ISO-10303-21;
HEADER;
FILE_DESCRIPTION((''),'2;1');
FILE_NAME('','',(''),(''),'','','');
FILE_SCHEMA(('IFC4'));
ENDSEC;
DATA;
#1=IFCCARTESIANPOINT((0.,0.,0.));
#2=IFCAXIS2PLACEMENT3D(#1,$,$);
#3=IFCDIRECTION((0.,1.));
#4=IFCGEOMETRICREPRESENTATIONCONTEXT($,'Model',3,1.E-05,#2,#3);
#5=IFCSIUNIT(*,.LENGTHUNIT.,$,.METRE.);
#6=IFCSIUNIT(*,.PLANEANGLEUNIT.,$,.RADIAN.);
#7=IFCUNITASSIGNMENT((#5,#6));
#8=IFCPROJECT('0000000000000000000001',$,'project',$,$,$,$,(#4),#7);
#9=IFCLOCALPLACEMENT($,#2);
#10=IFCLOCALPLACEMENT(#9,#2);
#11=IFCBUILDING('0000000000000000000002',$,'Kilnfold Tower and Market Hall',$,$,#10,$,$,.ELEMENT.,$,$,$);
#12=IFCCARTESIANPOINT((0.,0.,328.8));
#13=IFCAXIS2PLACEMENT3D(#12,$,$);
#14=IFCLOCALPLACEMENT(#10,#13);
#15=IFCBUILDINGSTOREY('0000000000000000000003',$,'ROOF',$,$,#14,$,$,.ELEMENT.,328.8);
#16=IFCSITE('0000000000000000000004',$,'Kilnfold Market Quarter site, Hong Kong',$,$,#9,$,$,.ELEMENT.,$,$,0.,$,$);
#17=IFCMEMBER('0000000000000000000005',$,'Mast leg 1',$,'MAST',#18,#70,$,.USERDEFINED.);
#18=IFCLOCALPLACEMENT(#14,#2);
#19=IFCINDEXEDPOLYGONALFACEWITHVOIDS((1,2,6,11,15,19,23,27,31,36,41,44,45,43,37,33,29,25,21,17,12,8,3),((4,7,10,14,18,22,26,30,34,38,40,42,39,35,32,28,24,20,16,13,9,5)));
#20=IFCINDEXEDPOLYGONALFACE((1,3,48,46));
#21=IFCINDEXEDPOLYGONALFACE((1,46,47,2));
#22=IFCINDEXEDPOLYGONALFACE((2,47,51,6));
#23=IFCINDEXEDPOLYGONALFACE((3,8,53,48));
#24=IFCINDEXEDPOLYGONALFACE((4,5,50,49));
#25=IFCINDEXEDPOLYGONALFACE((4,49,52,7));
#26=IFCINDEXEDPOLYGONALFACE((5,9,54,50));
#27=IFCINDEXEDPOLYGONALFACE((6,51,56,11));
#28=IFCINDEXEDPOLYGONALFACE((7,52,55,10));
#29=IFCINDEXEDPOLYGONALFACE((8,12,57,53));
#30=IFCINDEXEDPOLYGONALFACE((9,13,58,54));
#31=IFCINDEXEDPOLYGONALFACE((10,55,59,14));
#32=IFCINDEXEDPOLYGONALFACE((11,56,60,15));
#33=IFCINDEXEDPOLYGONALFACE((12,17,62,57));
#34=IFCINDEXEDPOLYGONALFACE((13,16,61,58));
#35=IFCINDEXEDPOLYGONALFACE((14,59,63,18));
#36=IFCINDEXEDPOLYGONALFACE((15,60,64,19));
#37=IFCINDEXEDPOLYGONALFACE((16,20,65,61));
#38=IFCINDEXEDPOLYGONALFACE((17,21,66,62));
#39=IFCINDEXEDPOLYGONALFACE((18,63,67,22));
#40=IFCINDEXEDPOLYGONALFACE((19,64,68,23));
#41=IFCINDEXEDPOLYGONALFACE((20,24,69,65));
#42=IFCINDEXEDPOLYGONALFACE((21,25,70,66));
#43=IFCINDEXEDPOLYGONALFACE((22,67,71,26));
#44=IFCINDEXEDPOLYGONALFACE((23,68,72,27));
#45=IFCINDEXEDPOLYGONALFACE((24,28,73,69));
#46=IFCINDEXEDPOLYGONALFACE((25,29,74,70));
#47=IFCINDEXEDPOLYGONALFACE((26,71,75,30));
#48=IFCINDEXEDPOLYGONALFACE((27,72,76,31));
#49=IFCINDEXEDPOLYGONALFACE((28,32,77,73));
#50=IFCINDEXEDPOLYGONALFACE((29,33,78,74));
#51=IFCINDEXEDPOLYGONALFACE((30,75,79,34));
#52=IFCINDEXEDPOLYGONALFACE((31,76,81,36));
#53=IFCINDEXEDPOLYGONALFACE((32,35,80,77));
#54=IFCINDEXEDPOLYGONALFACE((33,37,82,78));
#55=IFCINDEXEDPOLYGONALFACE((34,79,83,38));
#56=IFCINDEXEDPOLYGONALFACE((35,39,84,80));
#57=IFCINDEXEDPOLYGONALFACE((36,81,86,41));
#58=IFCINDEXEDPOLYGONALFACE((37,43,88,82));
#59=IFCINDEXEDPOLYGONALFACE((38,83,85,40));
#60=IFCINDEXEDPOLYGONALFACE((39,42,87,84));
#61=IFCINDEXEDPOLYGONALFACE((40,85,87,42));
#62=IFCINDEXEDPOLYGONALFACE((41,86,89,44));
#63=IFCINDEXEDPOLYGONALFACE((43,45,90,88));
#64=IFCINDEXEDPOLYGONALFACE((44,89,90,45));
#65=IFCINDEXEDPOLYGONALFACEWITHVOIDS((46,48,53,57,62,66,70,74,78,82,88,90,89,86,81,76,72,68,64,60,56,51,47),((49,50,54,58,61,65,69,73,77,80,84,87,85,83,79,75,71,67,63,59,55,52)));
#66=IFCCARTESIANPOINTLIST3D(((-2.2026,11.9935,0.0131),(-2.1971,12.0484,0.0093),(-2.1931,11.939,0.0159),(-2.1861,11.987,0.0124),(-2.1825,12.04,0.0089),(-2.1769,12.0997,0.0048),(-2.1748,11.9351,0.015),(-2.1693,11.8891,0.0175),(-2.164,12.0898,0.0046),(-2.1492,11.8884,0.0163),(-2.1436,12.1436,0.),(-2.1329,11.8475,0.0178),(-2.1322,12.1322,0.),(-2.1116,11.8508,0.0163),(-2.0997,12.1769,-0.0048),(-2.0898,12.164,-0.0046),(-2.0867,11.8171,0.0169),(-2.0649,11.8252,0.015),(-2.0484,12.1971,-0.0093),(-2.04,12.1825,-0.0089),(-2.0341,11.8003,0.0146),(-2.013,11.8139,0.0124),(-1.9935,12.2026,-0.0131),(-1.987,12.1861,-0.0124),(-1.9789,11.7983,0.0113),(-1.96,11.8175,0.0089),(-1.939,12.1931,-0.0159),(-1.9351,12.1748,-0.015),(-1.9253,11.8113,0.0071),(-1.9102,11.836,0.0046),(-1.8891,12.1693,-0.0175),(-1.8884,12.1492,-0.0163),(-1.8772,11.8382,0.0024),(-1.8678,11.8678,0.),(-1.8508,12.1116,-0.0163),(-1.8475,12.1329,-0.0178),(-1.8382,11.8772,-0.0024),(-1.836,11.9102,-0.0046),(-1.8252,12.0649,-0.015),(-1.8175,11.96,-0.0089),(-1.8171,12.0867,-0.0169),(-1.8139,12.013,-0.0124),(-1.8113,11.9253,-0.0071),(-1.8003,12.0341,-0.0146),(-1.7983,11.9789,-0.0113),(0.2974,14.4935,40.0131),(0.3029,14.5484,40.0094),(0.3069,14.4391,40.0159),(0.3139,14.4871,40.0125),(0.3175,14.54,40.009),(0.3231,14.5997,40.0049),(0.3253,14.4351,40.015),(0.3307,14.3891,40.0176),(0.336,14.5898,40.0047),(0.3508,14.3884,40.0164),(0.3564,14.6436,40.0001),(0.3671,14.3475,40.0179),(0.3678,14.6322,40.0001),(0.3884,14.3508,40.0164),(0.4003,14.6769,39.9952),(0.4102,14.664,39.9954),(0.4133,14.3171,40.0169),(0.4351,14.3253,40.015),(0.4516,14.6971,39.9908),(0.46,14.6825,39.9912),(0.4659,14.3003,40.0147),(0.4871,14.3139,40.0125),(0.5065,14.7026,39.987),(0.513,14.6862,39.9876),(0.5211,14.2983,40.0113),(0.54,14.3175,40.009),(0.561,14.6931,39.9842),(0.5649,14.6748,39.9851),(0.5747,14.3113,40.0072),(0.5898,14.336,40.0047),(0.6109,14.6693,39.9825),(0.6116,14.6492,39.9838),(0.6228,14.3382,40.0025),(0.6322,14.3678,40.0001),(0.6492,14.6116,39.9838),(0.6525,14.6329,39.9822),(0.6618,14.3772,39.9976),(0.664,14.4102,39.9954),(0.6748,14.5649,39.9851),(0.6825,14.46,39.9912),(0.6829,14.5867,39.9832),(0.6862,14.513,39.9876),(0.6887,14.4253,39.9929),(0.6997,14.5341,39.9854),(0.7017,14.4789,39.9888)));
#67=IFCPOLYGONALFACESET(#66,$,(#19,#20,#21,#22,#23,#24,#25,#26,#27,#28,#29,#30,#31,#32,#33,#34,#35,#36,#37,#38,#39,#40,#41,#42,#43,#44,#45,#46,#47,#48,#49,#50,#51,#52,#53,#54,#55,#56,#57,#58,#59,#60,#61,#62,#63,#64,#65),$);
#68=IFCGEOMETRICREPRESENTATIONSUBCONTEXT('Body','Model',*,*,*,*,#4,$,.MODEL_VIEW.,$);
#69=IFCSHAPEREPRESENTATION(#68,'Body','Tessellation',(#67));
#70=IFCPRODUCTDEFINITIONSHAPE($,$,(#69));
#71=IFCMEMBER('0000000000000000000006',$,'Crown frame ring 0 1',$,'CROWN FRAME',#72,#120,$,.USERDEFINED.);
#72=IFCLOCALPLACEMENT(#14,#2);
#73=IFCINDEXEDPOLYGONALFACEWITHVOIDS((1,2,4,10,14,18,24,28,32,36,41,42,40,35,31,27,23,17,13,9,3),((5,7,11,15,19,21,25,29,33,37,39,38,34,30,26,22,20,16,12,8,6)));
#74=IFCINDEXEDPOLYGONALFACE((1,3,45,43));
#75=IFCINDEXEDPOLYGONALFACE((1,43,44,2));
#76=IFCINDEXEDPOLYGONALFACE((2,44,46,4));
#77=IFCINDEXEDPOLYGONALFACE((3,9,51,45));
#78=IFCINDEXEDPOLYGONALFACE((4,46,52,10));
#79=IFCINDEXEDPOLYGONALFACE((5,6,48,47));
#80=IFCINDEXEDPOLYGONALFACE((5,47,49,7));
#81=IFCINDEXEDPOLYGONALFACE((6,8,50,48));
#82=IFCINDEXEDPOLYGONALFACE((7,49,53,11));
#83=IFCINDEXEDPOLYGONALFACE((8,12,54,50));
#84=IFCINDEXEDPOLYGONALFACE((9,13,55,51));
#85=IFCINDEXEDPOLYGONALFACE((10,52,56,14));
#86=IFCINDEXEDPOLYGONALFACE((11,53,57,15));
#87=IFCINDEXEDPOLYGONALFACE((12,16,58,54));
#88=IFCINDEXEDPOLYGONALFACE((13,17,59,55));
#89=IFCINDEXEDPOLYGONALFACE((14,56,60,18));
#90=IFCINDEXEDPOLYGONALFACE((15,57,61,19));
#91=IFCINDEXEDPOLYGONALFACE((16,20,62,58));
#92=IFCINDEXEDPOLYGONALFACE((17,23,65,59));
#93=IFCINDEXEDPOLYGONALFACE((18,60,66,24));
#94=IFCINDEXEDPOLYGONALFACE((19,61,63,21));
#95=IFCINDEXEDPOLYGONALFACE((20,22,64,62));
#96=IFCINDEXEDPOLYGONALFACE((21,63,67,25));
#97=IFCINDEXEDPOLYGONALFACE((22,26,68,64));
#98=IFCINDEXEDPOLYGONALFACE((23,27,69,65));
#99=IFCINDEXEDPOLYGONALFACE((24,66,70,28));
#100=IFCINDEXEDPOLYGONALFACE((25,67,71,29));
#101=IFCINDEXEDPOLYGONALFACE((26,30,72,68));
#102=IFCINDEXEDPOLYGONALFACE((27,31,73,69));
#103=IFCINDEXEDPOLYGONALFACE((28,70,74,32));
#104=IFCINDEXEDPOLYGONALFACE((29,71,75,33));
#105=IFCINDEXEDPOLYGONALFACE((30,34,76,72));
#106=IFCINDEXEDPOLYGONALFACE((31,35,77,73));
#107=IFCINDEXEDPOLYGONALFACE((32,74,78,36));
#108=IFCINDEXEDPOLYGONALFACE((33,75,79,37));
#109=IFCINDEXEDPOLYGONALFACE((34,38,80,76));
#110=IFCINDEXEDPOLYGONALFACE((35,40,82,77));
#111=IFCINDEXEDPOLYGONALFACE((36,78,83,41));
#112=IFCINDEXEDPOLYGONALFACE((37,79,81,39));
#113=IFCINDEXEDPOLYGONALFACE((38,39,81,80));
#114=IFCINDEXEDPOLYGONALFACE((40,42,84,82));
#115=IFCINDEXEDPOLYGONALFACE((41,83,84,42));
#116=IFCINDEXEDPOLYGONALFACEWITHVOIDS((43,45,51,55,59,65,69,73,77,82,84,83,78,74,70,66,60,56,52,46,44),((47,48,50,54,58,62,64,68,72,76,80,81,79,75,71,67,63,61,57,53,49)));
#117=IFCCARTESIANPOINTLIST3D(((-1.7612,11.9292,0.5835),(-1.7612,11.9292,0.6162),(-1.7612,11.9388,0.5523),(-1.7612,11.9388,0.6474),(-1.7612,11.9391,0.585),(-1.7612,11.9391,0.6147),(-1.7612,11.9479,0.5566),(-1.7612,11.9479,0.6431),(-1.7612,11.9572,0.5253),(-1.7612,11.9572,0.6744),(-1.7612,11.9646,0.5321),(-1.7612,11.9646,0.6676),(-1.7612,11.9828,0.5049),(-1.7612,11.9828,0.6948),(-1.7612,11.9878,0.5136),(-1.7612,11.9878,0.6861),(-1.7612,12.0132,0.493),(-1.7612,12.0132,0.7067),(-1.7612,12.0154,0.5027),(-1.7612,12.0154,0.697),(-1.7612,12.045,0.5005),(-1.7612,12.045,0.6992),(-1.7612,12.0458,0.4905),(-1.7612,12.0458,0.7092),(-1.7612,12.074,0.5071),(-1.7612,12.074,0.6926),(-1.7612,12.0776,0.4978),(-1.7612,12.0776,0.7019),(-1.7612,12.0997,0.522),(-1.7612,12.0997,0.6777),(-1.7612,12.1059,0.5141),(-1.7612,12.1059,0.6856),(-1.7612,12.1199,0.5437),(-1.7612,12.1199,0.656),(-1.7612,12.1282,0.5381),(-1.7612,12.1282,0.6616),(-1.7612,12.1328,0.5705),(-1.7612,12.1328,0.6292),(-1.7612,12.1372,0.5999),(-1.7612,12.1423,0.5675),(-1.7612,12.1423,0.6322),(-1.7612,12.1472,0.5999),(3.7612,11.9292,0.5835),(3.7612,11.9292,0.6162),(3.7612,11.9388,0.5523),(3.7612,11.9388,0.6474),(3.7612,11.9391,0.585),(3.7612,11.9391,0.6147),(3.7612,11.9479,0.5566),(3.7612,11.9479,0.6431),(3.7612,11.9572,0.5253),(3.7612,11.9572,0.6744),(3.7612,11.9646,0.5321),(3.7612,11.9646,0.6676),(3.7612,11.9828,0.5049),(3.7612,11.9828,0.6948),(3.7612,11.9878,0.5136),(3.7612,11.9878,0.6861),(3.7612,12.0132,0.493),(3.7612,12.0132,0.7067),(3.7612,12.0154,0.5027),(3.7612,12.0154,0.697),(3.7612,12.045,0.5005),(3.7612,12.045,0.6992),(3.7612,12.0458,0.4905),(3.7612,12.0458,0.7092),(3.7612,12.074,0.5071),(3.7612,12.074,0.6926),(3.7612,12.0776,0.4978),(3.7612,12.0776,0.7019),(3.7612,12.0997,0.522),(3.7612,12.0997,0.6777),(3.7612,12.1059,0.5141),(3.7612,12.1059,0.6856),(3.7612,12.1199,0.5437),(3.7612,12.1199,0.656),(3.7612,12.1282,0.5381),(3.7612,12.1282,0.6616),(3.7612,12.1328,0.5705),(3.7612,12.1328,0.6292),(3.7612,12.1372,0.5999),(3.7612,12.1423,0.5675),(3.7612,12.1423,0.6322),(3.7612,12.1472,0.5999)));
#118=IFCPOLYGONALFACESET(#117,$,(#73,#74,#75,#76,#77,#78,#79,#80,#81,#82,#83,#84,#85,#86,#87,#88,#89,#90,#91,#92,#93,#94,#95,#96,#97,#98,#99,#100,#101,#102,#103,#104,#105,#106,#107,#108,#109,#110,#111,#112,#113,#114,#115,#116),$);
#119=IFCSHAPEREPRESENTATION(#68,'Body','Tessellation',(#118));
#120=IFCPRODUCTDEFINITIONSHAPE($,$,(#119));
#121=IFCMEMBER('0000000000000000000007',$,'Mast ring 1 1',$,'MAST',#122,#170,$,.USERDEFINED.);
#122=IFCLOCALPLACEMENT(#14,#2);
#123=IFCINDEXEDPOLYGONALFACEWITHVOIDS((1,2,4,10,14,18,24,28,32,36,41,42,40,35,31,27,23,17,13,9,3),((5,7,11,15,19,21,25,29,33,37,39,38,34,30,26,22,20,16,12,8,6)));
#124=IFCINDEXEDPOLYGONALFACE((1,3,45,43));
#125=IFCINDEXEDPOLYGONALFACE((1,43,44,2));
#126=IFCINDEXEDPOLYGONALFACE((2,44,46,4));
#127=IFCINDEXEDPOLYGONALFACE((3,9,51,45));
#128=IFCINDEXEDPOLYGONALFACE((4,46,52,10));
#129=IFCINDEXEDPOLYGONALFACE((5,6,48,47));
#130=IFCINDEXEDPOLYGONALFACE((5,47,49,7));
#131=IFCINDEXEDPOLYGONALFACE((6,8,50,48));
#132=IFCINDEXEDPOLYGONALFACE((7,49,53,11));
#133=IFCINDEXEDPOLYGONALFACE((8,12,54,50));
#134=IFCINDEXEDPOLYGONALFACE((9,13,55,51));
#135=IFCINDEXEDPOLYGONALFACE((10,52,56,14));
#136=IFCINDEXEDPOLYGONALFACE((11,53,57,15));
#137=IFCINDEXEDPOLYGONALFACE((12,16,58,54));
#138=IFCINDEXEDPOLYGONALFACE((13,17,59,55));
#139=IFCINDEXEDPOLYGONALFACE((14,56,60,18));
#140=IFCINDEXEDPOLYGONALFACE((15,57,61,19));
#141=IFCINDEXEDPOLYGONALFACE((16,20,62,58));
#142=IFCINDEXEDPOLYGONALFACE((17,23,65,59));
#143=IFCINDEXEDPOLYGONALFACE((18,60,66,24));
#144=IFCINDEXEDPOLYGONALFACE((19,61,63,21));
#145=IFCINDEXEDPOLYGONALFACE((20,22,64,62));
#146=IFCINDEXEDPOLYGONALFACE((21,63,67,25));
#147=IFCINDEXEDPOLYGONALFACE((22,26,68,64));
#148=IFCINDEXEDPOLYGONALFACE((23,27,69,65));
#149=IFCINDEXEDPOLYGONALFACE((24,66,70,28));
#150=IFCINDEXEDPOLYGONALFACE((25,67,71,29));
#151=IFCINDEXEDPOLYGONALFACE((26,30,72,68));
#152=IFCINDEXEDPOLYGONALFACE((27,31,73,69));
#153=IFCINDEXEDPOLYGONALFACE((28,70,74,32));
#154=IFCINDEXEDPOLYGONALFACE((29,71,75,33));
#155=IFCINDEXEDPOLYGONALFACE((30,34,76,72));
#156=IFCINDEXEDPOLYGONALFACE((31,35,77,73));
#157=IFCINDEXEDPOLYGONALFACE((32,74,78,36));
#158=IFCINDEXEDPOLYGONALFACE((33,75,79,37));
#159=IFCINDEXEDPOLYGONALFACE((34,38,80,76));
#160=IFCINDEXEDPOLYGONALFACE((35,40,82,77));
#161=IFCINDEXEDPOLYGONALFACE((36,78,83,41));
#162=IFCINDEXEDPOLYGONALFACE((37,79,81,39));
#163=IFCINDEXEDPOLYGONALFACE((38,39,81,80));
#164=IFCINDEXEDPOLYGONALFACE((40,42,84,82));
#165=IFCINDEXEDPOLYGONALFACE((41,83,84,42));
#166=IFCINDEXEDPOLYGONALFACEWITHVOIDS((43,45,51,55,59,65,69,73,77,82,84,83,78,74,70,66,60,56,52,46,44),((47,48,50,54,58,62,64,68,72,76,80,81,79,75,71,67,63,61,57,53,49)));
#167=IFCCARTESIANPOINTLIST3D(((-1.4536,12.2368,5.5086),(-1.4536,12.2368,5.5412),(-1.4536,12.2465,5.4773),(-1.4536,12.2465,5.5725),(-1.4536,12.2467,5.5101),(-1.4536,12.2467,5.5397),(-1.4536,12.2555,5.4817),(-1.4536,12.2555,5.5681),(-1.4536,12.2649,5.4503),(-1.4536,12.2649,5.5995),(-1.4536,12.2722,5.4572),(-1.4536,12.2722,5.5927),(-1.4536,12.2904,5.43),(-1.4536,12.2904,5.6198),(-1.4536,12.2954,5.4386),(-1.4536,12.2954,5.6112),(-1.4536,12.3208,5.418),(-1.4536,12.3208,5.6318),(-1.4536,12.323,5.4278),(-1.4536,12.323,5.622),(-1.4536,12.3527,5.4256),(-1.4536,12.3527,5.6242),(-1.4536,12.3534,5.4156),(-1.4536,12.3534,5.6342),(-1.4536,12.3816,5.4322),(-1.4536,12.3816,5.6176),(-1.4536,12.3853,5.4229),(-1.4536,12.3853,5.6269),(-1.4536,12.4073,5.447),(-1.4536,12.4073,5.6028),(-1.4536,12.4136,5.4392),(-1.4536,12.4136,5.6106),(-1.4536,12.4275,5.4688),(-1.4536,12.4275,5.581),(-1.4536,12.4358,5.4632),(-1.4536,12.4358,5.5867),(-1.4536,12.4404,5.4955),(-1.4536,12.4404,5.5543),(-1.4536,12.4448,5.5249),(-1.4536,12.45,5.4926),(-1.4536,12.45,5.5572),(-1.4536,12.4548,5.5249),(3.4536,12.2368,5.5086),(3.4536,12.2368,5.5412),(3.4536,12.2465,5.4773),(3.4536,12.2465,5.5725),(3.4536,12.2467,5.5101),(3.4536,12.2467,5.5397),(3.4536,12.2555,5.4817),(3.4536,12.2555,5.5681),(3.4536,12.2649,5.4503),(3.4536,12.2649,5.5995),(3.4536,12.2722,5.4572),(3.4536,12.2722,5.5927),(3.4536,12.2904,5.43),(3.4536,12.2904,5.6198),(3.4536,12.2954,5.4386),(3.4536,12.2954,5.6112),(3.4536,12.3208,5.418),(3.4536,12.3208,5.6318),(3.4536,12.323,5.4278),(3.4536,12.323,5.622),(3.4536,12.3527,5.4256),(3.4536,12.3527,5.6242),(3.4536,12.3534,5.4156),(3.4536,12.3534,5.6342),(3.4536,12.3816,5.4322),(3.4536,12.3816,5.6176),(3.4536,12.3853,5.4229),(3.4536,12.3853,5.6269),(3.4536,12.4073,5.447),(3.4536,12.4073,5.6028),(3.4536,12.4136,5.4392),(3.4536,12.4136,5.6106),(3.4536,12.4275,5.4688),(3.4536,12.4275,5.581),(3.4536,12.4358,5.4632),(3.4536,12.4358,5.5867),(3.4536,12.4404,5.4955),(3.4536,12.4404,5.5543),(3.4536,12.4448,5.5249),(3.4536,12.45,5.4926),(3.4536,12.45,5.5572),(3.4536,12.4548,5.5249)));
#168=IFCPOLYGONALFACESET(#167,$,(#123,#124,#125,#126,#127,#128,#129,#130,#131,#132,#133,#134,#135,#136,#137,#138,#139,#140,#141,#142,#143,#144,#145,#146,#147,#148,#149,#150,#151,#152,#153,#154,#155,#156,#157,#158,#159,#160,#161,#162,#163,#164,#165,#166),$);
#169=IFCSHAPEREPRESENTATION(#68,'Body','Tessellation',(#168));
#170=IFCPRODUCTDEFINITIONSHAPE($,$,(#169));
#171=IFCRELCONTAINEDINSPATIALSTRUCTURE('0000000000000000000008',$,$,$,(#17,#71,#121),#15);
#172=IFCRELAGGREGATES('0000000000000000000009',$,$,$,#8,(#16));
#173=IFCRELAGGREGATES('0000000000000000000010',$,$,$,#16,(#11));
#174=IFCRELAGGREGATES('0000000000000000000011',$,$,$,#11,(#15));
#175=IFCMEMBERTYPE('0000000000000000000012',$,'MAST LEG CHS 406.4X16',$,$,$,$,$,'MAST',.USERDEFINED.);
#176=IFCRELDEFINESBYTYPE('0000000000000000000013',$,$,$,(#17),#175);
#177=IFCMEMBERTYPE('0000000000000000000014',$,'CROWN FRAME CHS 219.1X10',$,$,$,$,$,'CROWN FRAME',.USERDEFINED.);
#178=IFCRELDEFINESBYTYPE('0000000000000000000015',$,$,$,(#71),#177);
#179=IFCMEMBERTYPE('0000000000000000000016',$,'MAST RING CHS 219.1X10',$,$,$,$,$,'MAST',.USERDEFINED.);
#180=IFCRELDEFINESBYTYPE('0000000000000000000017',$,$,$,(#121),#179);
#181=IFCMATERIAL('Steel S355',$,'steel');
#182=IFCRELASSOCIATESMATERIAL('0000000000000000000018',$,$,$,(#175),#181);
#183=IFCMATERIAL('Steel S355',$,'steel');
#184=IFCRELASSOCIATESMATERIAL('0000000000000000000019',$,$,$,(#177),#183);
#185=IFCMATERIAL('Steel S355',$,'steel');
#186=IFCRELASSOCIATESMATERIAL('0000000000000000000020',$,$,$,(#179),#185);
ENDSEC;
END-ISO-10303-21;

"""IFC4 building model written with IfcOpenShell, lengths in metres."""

from ifc_helpers import new_model, si_unit, direction, frame, origin, origin_2d, place, context, subcontext, project, spatial, hollow_circle, extrude, source, transform, mapped, material, material_profile, profile_set, type_object, element, save


model = new_model("IFC4")

# Units and contexts
model_context = context("Model", 3, precision=1e-05, world=origin(), true_north=direction((0.0, 1.0)))
body_context = subcontext(model_context, "Body", "Model", "MODEL_VIEW")
ifc_project = project(units=[si_unit("LENGTHUNIT", "METRE"), si_unit("PLANEANGLEUNIT", "RADIAN")], contexts=[model_context])

# Site, building, storey
site_placement = place(None, origin())
site = spatial("IfcSite", under=ifc_project, at=site_placement, Name="Kilnfold Market Quarter site, Hong Kong", CompositionType="ELEMENT", RefElevation=0.0)
building_placement = place(site_placement, origin())
building = spatial("IfcBuilding", under=site, at=building_placement, Name="Kilnfold Tower and Market Hall", CompositionType="ELEMENT")
storey_placement = place(building_placement, frame((0.0, 0.0, 328.8)))
storey = spatial("IfcBuildingStorey", under=building, at=storey_placement, Name="ROOF", CompositionType="ELEMENT", Elevation=328.8)

# Members
ifc_material_1 = material(Name="Steel S355", Category="steel")
ifc_material_profile_1 = material_profile(ifc_material_1, hollow_circle(Radius=0.2031, WallThickness=0.0161, at=origin_2d()), Name="CHS 406.4x16")
ifc_profile_set_1 = profile_set([ifc_material_profile_1], Name="Steel S355")
member_type_1 = type_object("IfcMemberType", Name="MAST LEG CHS 406.4X16", ElementType="MAST", PredefinedType="USERDEFINED", material=ifc_profile_set_1)
shared_shape_1 = source(origin(), body_context, "Body", "SweptSolid", [
    extrude(hollow_circle(Radius=0.2031, WallThickness=0.0161, at=origin_2d()), origin(), (0.0, 0.0, 1.0), 40.156),
])
member_1_placement = place(storey_placement, frame((-2.0, 12.0, 0.0), z_axis=(0.062257, 0.062257, 0.996116), x_axis=(-0.707107, 0.707107, 0.0)))
element("IfcMember", 1, at=member_1_placement, inside=storey, type_object=member_type_1, Name="Mast leg 1", ObjectType="MAST", PredefinedType="USERDEFINED", context=body_context, shape_type="MappedRepresentation", body=[
    mapped(shared_shape_1, transform((0.0, 0.0, 0.0))),
])
ifc_material_2 = material(Name="Steel S355", Category="steel")
ifc_material_profile_2 = material_profile(ifc_material_2, hollow_circle(Radius=0.1096, WallThickness=0.01, at=origin_2d()), Name="CHS 219.1x10")
ifc_profile_set_2 = profile_set([ifc_material_profile_2], Name="Steel S355")
member_type_2 = type_object("IfcMemberType", Name="CROWN FRAME CHS 219.1X10", ElementType="CROWN FRAME", PredefinedType="USERDEFINED", material=ifc_profile_set_2)
shared_shape_2 = source(origin(), body_context, "Body", "SweptSolid", [
    extrude(hollow_circle(Radius=0.1096, WallThickness=0.01, at=origin_2d()), origin(), (0.0, 0.0, 1.0), 5.5225),
])
member_2_placement = place(storey_placement, frame((-1.7612, 12.0376, 0.5999), z_axis=(1.0, 0.0, 0.0), x_axis=(0.0, 1.0, 0.0)))
element("IfcMember", 2, at=member_2_placement, inside=storey, type_object=member_type_2, Name="Crown frame ring 0 1", ObjectType="CROWN FRAME", PredefinedType="USERDEFINED", context=body_context, shape_type="MappedRepresentation", body=[
    mapped(shared_shape_2, transform((0.0, 0.0, 0.0))),
])
ifc_material_3 = material(Name="Steel S355", Category="steel")
ifc_material_profile_3 = material_profile(ifc_material_3, hollow_circle(Radius=0.1096, WallThickness=0.01, at=origin_2d()), Name="CHS 219.1x10")
ifc_profile_set_3 = profile_set([ifc_material_profile_3], Name="Steel S355")
member_type_3 = type_object("IfcMemberType", Name="MAST RING CHS 219.1X10", ElementType="MAST", PredefinedType="USERDEFINED", material=ifc_profile_set_3)
shared_shape_3 = source(origin(), body_context, "Body", "SweptSolid", [
    extrude(hollow_circle(Radius=0.1096, WallThickness=0.01, at=origin_2d()), origin(), (0.0, 0.0, 1.0), 4.9072),
])
member_3_placement = place(storey_placement, frame((-1.4536, 12.3452, 5.5249), z_axis=(1.0, 0.0, 0.0), x_axis=(0.0, 1.0, 0.0)))
element("IfcMember", 3, at=member_3_placement, inside=storey, type_object=member_type_3, Name="Mast ring 1 1", ObjectType="MAST", PredefinedType="USERDEFINED", context=body_context, shape_type="MappedRepresentation", body=[
    mapped(shared_shape_3, transform((0.0, 0.0, 0.0))),
])

save(model, "model.ifc")
